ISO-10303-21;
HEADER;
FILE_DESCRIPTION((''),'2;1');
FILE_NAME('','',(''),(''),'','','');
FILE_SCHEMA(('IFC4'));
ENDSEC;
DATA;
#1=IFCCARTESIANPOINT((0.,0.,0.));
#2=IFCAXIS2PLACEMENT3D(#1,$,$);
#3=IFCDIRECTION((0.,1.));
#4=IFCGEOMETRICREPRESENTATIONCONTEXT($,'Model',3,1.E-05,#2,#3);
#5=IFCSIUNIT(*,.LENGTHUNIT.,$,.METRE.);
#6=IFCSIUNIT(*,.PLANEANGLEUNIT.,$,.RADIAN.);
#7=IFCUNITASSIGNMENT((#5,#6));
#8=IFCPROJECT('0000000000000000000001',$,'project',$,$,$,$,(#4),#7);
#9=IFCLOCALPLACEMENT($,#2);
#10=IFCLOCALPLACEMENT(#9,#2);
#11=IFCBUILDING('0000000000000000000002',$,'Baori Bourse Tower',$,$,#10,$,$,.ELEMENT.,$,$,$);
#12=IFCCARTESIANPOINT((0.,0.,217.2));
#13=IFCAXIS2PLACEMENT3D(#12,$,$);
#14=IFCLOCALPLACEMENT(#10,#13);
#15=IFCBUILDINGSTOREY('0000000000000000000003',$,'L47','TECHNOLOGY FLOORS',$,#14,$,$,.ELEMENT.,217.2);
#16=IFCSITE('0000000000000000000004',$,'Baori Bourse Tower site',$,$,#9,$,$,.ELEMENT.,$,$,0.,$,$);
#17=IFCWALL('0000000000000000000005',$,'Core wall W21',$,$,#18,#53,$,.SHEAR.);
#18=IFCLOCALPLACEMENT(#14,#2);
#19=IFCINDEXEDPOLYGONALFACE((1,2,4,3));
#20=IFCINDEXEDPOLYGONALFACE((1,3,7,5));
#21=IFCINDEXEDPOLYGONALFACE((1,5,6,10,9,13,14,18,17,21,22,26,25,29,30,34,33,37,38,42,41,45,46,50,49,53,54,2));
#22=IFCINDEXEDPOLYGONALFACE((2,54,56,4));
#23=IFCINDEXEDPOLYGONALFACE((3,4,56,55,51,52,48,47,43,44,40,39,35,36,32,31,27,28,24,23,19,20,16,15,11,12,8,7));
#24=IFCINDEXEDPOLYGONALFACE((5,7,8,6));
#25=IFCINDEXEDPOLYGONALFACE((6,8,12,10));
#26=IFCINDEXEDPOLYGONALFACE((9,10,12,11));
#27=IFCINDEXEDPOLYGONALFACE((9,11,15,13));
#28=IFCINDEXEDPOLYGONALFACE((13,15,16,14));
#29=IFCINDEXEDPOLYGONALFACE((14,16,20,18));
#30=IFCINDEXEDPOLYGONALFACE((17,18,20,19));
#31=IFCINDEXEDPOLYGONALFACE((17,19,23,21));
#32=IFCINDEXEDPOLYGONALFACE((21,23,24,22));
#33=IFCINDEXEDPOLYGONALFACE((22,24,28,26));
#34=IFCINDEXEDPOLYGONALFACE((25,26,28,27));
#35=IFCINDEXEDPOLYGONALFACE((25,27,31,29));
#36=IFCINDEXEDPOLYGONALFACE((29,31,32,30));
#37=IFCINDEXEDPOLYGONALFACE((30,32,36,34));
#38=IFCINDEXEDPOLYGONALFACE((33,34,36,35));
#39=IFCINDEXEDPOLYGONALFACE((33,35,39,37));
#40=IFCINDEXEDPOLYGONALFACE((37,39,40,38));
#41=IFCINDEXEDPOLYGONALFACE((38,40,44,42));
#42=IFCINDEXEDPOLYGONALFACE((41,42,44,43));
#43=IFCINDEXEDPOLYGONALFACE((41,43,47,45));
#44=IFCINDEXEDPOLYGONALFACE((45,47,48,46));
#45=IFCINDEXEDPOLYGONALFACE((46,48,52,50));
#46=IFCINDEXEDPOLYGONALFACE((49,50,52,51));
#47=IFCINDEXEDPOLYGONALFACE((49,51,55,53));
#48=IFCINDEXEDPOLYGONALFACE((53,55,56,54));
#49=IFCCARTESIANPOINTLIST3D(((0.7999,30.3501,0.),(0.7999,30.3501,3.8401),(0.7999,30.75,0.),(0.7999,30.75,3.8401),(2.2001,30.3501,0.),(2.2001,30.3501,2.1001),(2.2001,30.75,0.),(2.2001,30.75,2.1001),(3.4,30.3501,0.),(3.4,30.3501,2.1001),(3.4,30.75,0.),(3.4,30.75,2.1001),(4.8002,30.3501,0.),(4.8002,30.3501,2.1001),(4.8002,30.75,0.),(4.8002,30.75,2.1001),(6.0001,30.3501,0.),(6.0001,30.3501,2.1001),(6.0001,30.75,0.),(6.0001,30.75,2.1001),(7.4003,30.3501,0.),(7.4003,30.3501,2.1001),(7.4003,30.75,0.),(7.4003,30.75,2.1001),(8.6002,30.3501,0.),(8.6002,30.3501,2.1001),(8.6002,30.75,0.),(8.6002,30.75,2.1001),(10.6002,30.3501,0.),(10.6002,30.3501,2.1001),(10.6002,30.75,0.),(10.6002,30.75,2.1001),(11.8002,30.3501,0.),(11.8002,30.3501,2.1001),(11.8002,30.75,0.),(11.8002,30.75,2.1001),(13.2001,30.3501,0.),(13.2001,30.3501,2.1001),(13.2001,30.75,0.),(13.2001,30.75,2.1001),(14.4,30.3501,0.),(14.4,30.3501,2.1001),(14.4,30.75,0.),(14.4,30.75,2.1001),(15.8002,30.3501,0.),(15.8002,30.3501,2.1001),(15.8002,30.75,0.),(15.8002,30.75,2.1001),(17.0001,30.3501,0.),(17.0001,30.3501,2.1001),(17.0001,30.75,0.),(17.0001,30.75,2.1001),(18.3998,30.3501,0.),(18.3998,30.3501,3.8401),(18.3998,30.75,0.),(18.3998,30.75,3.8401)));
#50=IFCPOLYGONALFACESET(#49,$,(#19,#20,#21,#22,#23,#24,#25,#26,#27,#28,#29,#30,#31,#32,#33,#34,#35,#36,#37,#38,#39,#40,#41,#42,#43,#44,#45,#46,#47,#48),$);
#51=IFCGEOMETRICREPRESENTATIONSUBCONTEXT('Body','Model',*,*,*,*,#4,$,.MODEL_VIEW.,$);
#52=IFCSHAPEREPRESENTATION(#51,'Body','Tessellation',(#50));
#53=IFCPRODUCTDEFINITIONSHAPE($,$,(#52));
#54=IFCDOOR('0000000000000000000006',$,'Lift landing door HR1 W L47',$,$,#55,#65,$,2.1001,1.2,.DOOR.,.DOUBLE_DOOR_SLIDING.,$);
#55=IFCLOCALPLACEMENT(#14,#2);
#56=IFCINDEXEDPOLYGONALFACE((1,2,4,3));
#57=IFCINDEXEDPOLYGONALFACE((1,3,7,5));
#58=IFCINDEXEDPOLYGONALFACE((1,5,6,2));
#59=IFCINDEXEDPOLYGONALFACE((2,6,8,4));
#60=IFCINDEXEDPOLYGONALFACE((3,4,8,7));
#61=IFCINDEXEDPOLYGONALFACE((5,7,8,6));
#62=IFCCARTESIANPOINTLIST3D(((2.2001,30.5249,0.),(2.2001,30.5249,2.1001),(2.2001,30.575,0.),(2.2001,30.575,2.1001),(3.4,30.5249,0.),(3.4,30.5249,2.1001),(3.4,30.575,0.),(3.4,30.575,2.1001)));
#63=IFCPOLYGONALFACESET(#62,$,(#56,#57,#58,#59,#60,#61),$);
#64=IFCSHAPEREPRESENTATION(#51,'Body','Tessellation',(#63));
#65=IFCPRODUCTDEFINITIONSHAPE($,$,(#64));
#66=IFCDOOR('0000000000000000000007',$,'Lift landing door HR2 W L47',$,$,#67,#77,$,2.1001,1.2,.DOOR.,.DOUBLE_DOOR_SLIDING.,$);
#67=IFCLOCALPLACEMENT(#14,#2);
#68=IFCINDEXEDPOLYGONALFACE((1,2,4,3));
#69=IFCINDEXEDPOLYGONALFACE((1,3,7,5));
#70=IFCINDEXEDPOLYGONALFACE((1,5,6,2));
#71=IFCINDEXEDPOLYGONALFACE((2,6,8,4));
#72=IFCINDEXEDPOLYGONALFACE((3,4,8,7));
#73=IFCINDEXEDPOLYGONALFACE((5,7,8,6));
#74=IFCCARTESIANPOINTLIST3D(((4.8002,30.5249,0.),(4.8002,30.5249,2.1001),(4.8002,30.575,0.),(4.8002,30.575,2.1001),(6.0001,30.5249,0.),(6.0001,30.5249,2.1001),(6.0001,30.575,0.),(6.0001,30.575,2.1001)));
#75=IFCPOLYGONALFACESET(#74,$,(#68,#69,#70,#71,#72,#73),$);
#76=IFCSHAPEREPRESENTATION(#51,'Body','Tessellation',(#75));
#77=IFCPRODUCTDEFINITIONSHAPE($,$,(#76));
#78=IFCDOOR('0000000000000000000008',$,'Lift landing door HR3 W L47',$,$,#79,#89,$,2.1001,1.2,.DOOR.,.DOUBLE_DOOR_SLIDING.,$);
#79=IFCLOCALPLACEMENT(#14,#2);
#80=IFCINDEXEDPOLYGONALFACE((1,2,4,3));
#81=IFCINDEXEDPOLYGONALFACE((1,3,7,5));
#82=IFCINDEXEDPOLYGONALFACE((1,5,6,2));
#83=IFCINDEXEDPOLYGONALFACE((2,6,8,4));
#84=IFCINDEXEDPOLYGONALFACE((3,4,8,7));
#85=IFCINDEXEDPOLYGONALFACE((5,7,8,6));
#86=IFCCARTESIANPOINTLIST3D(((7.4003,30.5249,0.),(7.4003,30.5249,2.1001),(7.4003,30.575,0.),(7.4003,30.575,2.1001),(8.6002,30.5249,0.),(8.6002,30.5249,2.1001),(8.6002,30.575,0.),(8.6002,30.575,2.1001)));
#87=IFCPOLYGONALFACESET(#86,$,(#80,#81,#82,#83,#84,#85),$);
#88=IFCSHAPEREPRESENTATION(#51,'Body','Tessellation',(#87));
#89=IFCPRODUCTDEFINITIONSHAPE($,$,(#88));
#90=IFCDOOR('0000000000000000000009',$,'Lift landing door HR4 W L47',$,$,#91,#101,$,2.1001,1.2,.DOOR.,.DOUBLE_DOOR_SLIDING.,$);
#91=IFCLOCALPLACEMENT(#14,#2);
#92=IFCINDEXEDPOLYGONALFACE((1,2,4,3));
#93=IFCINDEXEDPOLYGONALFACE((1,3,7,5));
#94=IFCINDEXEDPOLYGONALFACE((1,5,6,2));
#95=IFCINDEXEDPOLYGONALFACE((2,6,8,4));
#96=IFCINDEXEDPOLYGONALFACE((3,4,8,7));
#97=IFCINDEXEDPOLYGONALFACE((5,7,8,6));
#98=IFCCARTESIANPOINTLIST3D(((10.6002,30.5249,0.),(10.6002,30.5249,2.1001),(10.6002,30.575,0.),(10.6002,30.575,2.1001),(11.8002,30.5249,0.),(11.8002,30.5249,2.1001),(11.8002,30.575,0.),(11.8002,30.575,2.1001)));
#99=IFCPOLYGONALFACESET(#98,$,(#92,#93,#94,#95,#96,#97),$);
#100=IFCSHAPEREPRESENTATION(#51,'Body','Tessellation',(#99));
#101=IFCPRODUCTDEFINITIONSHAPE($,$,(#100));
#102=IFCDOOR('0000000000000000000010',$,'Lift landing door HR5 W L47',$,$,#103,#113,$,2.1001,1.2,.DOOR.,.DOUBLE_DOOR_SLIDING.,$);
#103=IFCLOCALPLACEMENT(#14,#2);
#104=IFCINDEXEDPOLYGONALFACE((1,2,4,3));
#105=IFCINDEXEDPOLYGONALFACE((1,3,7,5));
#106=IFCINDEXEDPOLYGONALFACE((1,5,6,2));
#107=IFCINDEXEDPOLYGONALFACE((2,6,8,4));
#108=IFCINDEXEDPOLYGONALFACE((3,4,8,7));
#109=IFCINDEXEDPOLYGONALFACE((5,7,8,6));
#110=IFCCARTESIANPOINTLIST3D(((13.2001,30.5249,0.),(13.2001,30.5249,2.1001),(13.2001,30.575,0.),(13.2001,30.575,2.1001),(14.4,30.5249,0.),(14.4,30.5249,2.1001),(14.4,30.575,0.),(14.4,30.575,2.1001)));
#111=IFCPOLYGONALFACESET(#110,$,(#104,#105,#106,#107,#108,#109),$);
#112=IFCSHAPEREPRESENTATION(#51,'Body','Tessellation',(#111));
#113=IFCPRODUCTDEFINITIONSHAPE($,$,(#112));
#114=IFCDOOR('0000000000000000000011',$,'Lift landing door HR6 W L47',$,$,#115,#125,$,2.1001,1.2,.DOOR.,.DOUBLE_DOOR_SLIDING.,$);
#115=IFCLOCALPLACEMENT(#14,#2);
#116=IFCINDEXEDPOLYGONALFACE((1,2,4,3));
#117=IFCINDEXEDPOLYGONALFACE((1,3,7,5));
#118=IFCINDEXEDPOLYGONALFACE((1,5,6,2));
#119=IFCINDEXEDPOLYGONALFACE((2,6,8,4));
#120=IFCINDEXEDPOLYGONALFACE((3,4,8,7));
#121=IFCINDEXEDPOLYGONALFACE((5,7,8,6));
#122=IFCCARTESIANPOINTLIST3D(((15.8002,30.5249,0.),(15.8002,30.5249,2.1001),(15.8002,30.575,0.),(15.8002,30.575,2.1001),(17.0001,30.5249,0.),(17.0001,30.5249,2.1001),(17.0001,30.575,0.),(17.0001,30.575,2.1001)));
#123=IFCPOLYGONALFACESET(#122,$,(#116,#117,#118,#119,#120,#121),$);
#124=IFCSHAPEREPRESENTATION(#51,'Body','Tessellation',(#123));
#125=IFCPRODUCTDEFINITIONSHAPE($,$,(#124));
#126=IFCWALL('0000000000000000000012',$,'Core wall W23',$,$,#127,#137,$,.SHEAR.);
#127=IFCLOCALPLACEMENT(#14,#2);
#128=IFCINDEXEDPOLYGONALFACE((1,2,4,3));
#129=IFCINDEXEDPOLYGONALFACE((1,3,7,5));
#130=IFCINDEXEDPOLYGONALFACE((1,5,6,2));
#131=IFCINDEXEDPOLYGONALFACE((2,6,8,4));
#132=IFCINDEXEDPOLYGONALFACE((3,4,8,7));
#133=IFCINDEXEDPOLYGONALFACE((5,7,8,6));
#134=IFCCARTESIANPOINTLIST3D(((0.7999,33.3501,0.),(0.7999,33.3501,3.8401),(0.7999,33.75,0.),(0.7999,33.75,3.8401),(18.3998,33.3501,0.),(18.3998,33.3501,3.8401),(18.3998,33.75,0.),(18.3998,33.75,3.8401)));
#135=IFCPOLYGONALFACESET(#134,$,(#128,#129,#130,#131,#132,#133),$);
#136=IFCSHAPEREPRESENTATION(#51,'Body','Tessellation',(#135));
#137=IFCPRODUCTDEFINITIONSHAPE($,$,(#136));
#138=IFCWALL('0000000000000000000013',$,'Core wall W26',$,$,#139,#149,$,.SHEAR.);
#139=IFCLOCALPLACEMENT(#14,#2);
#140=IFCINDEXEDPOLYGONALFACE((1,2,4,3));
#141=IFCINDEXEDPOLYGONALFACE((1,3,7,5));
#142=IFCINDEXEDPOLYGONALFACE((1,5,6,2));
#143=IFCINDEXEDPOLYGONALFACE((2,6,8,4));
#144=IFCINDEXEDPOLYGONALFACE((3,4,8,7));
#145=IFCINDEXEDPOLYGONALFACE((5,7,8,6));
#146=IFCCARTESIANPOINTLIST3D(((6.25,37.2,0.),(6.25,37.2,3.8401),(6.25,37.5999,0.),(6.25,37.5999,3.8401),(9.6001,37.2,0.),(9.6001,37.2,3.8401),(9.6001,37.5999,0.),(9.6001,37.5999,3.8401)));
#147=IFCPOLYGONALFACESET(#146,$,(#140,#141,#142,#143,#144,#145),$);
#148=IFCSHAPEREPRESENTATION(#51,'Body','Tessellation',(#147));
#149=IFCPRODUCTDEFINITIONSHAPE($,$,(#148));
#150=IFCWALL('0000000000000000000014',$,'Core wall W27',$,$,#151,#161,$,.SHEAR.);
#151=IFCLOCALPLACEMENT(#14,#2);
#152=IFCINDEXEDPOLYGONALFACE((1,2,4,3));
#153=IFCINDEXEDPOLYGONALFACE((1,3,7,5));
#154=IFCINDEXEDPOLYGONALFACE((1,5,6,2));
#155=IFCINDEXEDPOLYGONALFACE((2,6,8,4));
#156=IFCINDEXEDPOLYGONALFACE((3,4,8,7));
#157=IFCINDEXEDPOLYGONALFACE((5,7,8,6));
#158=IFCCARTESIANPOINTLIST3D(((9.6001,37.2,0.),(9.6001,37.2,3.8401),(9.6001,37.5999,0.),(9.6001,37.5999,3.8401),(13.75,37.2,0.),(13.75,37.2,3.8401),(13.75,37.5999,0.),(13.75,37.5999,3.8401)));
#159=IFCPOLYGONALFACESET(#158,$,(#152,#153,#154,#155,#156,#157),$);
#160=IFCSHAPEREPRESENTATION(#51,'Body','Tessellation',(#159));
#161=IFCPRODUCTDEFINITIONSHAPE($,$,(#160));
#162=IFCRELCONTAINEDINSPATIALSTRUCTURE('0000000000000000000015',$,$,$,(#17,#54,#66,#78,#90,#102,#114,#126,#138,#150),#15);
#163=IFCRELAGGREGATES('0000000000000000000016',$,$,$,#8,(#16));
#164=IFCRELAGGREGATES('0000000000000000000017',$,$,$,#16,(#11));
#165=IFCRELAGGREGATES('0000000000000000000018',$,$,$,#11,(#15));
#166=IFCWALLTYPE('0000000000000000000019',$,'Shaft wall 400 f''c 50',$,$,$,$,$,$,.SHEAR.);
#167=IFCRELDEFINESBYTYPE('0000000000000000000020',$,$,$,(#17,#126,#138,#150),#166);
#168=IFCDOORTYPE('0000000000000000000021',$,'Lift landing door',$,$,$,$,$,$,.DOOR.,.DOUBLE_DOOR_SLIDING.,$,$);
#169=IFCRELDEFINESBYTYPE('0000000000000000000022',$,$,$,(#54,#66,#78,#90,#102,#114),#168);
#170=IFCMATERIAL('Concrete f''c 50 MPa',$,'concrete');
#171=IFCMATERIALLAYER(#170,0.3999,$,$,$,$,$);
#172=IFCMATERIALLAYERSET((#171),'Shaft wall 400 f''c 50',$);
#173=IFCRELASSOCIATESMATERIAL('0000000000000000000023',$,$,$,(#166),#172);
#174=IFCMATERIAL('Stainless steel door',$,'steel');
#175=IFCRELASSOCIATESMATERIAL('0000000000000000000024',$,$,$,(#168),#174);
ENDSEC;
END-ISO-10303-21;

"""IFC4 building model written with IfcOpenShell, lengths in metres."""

from ifc_helpers import new_model, si_unit, direction, frame, frame_2d, origin, place, context, subcontext, project, spatial, rectangle, extrude, material, layer, layer_set, type_object, element, fill, save


model = new_model("IFC4")

# Units and contexts
model_context = context("Model", 3, precision=1e-05, world=origin(), true_north=direction((0.0, 1.0)))
body_context = subcontext(model_context, "Body", "Model", "MODEL_VIEW")
ifc_project = project(units=[si_unit("LENGTHUNIT", "METRE"), si_unit("PLANEANGLEUNIT", "RADIAN")], contexts=[model_context])

# Site, building, storey
site_placement = place(None, origin())
site = spatial("IfcSite", under=ifc_project, at=site_placement, Name="Baori Bourse Tower site", CompositionType="ELEMENT", RefElevation=0.0)
building_placement = place(site_placement, origin())
building = spatial("IfcBuilding", under=site, at=building_placement, Name="Baori Bourse Tower", CompositionType="ELEMENT")
storey_placement = place(building_placement, frame((0.0, 0.0, 217.2)))
storey = spatial("IfcBuildingStorey", under=building, at=storey_placement, Name="L47", Description="TECHNOLOGY FLOORS", CompositionType="ELEMENT", Elevation=217.2)

# Wall, openings, doors
ifc_material_1 = material(Name="Concrete f'c 50 MPa", Category="concrete")
ifc_layer_1 = layer(ifc_material_1, 0.3999)
ifc_layer_set_1 = layer_set([ifc_layer_1], Name="Shaft wall 400 f'c 50")
wall_type_1 = type_object("IfcWallType", Name="Shaft wall 400 f'c 50", PredefinedType="SHEAR", material=ifc_layer_set_1)
ifc_material_2 = material(Name="Stainless steel door", Category="steel")
door_type_1 = type_object("IfcDoorType", Name="Lift landing door", OperationType="DOUBLE_DOOR_SLIDING", PredefinedType="DOOR", material=ifc_material_2)
wall_1_placement = place(storey_placement, frame((0.8, 30.55, 0.0), z_axis=(0.0, 0.0, 1.0), x_axis=(1.0, 0.0, 0.0)))
wall_1 = element("IfcWall", 1, at=wall_1_placement, inside=storey, type_object=wall_type_1, Name="Core wall W21", PredefinedType="SHEAR", context=body_context, shape_type="SweptSolid", body=[
    extrude(rectangle(XDim=17.5999, YDim=0.3999, at=frame_2d((8.7998, 0.0))), origin(), (0.0, 0.0, 1.0), 3.8401),
])
opening_1_placement = place(wall_1_placement, frame((1.3999, 0.0, 0.0)))
opening_1 = element("IfcOpeningElement", 2, at=opening_1_placement, cuts=wall_1, PredefinedType="OPENING", context=body_context, shape_type="SweptSolid", body=[
    extrude(rectangle(XDim=1.2, YDim=2.1001, at=frame_2d((0.6001, 1.05))), frame((0.0, 0.21, 0.0), z_axis=(0.0, -1.0, 0.0), x_axis=(1.0, 0.0, 0.0)), (0.0, 0.0, 1.0), 0.4199),
])
opening_2_placement = place(wall_1_placement, frame((4.0, 0.0, 0.0)))
opening_2 = element("IfcOpeningElement", 3, at=opening_2_placement, cuts=wall_1, PredefinedType="OPENING", context=body_context, shape_type="SweptSolid", body=[
    extrude(rectangle(XDim=1.2, YDim=2.1001, at=frame_2d((0.6001, 1.05))), frame((0.0, 0.21, 0.0), z_axis=(0.0, -1.0, 0.0), x_axis=(1.0, 0.0, 0.0)), (0.0, 0.0, 1.0), 0.4199),
])
opening_3_placement = place(wall_1_placement, frame((6.6001, 0.0, 0.0)))
opening_3 = element("IfcOpeningElement", 4, at=opening_3_placement, cuts=wall_1, PredefinedType="OPENING", context=body_context, shape_type="SweptSolid", body=[
    extrude(rectangle(XDim=1.2, YDim=2.1001, at=frame_2d((0.6001, 1.05))), frame((0.0, 0.21, 0.0), z_axis=(0.0, -1.0, 0.0), x_axis=(1.0, 0.0, 0.0)), (0.0, 0.0, 1.0), 0.4199),
])
opening_4_placement = place(wall_1_placement, frame((9.8, 0.0, 0.0)))
opening_4 = element("IfcOpeningElement", 5, at=opening_4_placement, cuts=wall_1, PredefinedType="OPENING", context=body_context, shape_type="SweptSolid", body=[
    extrude(rectangle(XDim=1.2, YDim=2.1001, at=frame_2d((0.6001, 1.05))), frame((0.0, 0.21, 0.0), z_axis=(0.0, -1.0, 0.0), x_axis=(1.0, 0.0, 0.0)), (0.0, 0.0, 1.0), 0.4199),
])
opening_5_placement = place(wall_1_placement, frame((12.3999, 0.0, 0.0)))
opening_5 = element("IfcOpeningElement", 6, at=opening_5_placement, cuts=wall_1, PredefinedType="OPENING", context=body_context, shape_type="SweptSolid", body=[
    extrude(rectangle(XDim=1.2, YDim=2.1001, at=frame_2d((0.6001, 1.05))), frame((0.0, 0.21, 0.0), z_axis=(0.0, -1.0, 0.0), x_axis=(1.0, 0.0, 0.0)), (0.0, 0.0, 1.0), 0.4199),
])
opening_6_placement = place(wall_1_placement, frame((15.0, 0.0, 0.0)))
opening_6 = element("IfcOpeningElement", 7, at=opening_6_placement, cuts=wall_1, PredefinedType="OPENING", context=body_context, shape_type="SweptSolid", body=[
    extrude(rectangle(XDim=1.2, YDim=2.1001, at=frame_2d((0.6001, 1.05))), frame((0.0, 0.21, 0.0), z_axis=(0.0, -1.0, 0.0), x_axis=(1.0, 0.0, 0.0)), (0.0, 0.0, 1.0), 0.4199),
])
door_1_placement = place(opening_1_placement, origin())
door_1 = element("IfcDoor", 8, at=door_1_placement, inside=storey, type_object=door_type_1, Name="Lift landing door HR1 W L47", OperationType="DOUBLE_DOOR_SLIDING", OverallHeight=2.1001, OverallWidth=1.2, PredefinedType="DOOR", context=body_context, shape_type="SweptSolid", body=[
    extrude(rectangle(XDim=1.2, YDim=2.1001, at=frame_2d((0.6001, 1.05))), frame((0.0, 0.0249, 0.0), z_axis=(0.0, -1.0, 0.0), x_axis=(1.0, 0.0, 0.0)), (0.0, 0.0, 1.0), 0.05),
])
fill(opening_1, door_1)
door_2_placement = place(opening_2_placement, origin())
door_2 = element("IfcDoor", 9, at=door_2_placement, inside=storey, type_object=door_type_1, Name="Lift landing door HR2 W L47", OperationType="DOUBLE_DOOR_SLIDING", OverallHeight=2.1001, OverallWidth=1.2, PredefinedType="DOOR", context=body_context, shape_type="SweptSolid", body=[
    extrude(rectangle(XDim=1.2, YDim=2.1001, at=frame_2d((0.6001, 1.05))), frame((0.0, 0.0249, 0.0), z_axis=(0.0, -1.0, 0.0), x_axis=(1.0, 0.0, 0.0)), (0.0, 0.0, 1.0), 0.05),
])
fill(opening_2, door_2)
door_3_placement = place(opening_3_placement, origin())
door_3 = element("IfcDoor", 10, at=door_3_placement, inside=storey, type_object=door_type_1, Name="Lift landing door HR3 W L47", OperationType="DOUBLE_DOOR_SLIDING", OverallHeight=2.1001, OverallWidth=1.2, PredefinedType="DOOR", context=body_context, shape_type="SweptSolid", body=[
    extrude(rectangle(XDim=1.2, YDim=2.1001, at=frame_2d((0.6001, 1.05))), frame((0.0, 0.0249, 0.0), z_axis=(0.0, -1.0, 0.0), x_axis=(1.0, 0.0, 0.0)), (0.0, 0.0, 1.0), 0.05),
])
fill(opening_3, door_3)
door_4_placement = place(opening_4_placement, origin())
door_4 = element("IfcDoor", 11, at=door_4_placement, inside=storey, type_object=door_type_1, Name="Lift landing door HR4 W L47", OperationType="DOUBLE_DOOR_SLIDING", OverallHeight=2.1001, OverallWidth=1.2, PredefinedType="DOOR", context=body_context, shape_type="SweptSolid", body=[
    extrude(rectangle(XDim=1.2, YDim=2.1001, at=frame_2d((0.6001, 1.05))), frame((0.0, 0.0249, 0.0), z_axis=(0.0, -1.0, 0.0), x_axis=(1.0, 0.0, 0.0)), (0.0, 0.0, 1.0), 0.05),
])
fill(opening_4, door_4)
door_5_placement = place(opening_5_placement, origin())
door_5 = element("IfcDoor", 12, at=door_5_placement, inside=storey, type_object=door_type_1, Name="Lift landing door HR5 W L47", OperationType="DOUBLE_DOOR_SLIDING", OverallHeight=2.1001, OverallWidth=1.2, PredefinedType="DOOR", context=body_context, shape_type="SweptSolid", body=[
    extrude(rectangle(XDim=1.2, YDim=2.1001, at=frame_2d((0.6001, 1.05))), frame((0.0, 0.0249, 0.0), z_axis=(0.0, -1.0, 0.0), x_axis=(1.0, 0.0, 0.0)), (0.0, 0.0, 1.0), 0.05),
])
fill(opening_5, door_5)
door_6_placement = place(opening_6_placement, origin())
door_6 = element("IfcDoor", 13, at=door_6_placement, inside=storey, type_object=door_type_1, Name="Lift landing door HR6 W L47", OperationType="DOUBLE_DOOR_SLIDING", OverallHeight=2.1001, OverallWidth=1.2, PredefinedType="DOOR", context=body_context, shape_type="SweptSolid", body=[
    extrude(rectangle(XDim=1.2, YDim=2.1001, at=frame_2d((0.6001, 1.05))), frame((0.0, 0.0249, 0.0), z_axis=(0.0, -1.0, 0.0), x_axis=(1.0, 0.0, 0.0)), (0.0, 0.0, 1.0), 0.05),
])
fill(opening_6, door_6)

# Walls
wall_2_placement = place(storey_placement, frame((0.8, 33.55, 0.0), z_axis=(0.0, 0.0, 1.0), x_axis=(1.0, 0.0, 0.0)))
element("IfcWall", 14, at=wall_2_placement, inside=storey, type_object=wall_type_1, Name="Core wall W23", PredefinedType="SHEAR", context=body_context, shape_type="SweptSolid", body=[
    extrude(rectangle(XDim=17.5999, YDim=0.3999, at=frame_2d((8.7998, 0.0))), origin(), (0.0, 0.0, 1.0), 3.8401),
])
wall_3_placement = place(storey_placement, frame((6.25, 37.3999, 0.0), z_axis=(0.0, 0.0, 1.0), x_axis=(1.0, 0.0, 0.0)))
element("IfcWall", 15, at=wall_3_placement, inside=storey, type_object=wall_type_1, Name="Core wall W26", PredefinedType="SHEAR", context=body_context, shape_type="SweptSolid", body=[
    extrude(rectangle(XDim=3.3501, YDim=0.3999, at=frame_2d((1.675, 0.0))), origin(), (0.0, 0.0, 1.0), 3.8401),
])
wall_4_placement = place(storey_placement, frame((9.6001, 37.3999, 0.0), z_axis=(0.0, 0.0, 1.0), x_axis=(1.0, 0.0, 0.0)))
element("IfcWall", 16, at=wall_4_placement, inside=storey, type_object=wall_type_1, Name="Core wall W27", PredefinedType="SHEAR", context=body_context, shape_type="SweptSolid", body=[
    extrude(rectangle(XDim=4.1499, YDim=0.3999, at=frame_2d((2.075, 0.0))), origin(), (0.0, 0.0, 1.0), 3.8401),
])

save(model, "model.ifc")
